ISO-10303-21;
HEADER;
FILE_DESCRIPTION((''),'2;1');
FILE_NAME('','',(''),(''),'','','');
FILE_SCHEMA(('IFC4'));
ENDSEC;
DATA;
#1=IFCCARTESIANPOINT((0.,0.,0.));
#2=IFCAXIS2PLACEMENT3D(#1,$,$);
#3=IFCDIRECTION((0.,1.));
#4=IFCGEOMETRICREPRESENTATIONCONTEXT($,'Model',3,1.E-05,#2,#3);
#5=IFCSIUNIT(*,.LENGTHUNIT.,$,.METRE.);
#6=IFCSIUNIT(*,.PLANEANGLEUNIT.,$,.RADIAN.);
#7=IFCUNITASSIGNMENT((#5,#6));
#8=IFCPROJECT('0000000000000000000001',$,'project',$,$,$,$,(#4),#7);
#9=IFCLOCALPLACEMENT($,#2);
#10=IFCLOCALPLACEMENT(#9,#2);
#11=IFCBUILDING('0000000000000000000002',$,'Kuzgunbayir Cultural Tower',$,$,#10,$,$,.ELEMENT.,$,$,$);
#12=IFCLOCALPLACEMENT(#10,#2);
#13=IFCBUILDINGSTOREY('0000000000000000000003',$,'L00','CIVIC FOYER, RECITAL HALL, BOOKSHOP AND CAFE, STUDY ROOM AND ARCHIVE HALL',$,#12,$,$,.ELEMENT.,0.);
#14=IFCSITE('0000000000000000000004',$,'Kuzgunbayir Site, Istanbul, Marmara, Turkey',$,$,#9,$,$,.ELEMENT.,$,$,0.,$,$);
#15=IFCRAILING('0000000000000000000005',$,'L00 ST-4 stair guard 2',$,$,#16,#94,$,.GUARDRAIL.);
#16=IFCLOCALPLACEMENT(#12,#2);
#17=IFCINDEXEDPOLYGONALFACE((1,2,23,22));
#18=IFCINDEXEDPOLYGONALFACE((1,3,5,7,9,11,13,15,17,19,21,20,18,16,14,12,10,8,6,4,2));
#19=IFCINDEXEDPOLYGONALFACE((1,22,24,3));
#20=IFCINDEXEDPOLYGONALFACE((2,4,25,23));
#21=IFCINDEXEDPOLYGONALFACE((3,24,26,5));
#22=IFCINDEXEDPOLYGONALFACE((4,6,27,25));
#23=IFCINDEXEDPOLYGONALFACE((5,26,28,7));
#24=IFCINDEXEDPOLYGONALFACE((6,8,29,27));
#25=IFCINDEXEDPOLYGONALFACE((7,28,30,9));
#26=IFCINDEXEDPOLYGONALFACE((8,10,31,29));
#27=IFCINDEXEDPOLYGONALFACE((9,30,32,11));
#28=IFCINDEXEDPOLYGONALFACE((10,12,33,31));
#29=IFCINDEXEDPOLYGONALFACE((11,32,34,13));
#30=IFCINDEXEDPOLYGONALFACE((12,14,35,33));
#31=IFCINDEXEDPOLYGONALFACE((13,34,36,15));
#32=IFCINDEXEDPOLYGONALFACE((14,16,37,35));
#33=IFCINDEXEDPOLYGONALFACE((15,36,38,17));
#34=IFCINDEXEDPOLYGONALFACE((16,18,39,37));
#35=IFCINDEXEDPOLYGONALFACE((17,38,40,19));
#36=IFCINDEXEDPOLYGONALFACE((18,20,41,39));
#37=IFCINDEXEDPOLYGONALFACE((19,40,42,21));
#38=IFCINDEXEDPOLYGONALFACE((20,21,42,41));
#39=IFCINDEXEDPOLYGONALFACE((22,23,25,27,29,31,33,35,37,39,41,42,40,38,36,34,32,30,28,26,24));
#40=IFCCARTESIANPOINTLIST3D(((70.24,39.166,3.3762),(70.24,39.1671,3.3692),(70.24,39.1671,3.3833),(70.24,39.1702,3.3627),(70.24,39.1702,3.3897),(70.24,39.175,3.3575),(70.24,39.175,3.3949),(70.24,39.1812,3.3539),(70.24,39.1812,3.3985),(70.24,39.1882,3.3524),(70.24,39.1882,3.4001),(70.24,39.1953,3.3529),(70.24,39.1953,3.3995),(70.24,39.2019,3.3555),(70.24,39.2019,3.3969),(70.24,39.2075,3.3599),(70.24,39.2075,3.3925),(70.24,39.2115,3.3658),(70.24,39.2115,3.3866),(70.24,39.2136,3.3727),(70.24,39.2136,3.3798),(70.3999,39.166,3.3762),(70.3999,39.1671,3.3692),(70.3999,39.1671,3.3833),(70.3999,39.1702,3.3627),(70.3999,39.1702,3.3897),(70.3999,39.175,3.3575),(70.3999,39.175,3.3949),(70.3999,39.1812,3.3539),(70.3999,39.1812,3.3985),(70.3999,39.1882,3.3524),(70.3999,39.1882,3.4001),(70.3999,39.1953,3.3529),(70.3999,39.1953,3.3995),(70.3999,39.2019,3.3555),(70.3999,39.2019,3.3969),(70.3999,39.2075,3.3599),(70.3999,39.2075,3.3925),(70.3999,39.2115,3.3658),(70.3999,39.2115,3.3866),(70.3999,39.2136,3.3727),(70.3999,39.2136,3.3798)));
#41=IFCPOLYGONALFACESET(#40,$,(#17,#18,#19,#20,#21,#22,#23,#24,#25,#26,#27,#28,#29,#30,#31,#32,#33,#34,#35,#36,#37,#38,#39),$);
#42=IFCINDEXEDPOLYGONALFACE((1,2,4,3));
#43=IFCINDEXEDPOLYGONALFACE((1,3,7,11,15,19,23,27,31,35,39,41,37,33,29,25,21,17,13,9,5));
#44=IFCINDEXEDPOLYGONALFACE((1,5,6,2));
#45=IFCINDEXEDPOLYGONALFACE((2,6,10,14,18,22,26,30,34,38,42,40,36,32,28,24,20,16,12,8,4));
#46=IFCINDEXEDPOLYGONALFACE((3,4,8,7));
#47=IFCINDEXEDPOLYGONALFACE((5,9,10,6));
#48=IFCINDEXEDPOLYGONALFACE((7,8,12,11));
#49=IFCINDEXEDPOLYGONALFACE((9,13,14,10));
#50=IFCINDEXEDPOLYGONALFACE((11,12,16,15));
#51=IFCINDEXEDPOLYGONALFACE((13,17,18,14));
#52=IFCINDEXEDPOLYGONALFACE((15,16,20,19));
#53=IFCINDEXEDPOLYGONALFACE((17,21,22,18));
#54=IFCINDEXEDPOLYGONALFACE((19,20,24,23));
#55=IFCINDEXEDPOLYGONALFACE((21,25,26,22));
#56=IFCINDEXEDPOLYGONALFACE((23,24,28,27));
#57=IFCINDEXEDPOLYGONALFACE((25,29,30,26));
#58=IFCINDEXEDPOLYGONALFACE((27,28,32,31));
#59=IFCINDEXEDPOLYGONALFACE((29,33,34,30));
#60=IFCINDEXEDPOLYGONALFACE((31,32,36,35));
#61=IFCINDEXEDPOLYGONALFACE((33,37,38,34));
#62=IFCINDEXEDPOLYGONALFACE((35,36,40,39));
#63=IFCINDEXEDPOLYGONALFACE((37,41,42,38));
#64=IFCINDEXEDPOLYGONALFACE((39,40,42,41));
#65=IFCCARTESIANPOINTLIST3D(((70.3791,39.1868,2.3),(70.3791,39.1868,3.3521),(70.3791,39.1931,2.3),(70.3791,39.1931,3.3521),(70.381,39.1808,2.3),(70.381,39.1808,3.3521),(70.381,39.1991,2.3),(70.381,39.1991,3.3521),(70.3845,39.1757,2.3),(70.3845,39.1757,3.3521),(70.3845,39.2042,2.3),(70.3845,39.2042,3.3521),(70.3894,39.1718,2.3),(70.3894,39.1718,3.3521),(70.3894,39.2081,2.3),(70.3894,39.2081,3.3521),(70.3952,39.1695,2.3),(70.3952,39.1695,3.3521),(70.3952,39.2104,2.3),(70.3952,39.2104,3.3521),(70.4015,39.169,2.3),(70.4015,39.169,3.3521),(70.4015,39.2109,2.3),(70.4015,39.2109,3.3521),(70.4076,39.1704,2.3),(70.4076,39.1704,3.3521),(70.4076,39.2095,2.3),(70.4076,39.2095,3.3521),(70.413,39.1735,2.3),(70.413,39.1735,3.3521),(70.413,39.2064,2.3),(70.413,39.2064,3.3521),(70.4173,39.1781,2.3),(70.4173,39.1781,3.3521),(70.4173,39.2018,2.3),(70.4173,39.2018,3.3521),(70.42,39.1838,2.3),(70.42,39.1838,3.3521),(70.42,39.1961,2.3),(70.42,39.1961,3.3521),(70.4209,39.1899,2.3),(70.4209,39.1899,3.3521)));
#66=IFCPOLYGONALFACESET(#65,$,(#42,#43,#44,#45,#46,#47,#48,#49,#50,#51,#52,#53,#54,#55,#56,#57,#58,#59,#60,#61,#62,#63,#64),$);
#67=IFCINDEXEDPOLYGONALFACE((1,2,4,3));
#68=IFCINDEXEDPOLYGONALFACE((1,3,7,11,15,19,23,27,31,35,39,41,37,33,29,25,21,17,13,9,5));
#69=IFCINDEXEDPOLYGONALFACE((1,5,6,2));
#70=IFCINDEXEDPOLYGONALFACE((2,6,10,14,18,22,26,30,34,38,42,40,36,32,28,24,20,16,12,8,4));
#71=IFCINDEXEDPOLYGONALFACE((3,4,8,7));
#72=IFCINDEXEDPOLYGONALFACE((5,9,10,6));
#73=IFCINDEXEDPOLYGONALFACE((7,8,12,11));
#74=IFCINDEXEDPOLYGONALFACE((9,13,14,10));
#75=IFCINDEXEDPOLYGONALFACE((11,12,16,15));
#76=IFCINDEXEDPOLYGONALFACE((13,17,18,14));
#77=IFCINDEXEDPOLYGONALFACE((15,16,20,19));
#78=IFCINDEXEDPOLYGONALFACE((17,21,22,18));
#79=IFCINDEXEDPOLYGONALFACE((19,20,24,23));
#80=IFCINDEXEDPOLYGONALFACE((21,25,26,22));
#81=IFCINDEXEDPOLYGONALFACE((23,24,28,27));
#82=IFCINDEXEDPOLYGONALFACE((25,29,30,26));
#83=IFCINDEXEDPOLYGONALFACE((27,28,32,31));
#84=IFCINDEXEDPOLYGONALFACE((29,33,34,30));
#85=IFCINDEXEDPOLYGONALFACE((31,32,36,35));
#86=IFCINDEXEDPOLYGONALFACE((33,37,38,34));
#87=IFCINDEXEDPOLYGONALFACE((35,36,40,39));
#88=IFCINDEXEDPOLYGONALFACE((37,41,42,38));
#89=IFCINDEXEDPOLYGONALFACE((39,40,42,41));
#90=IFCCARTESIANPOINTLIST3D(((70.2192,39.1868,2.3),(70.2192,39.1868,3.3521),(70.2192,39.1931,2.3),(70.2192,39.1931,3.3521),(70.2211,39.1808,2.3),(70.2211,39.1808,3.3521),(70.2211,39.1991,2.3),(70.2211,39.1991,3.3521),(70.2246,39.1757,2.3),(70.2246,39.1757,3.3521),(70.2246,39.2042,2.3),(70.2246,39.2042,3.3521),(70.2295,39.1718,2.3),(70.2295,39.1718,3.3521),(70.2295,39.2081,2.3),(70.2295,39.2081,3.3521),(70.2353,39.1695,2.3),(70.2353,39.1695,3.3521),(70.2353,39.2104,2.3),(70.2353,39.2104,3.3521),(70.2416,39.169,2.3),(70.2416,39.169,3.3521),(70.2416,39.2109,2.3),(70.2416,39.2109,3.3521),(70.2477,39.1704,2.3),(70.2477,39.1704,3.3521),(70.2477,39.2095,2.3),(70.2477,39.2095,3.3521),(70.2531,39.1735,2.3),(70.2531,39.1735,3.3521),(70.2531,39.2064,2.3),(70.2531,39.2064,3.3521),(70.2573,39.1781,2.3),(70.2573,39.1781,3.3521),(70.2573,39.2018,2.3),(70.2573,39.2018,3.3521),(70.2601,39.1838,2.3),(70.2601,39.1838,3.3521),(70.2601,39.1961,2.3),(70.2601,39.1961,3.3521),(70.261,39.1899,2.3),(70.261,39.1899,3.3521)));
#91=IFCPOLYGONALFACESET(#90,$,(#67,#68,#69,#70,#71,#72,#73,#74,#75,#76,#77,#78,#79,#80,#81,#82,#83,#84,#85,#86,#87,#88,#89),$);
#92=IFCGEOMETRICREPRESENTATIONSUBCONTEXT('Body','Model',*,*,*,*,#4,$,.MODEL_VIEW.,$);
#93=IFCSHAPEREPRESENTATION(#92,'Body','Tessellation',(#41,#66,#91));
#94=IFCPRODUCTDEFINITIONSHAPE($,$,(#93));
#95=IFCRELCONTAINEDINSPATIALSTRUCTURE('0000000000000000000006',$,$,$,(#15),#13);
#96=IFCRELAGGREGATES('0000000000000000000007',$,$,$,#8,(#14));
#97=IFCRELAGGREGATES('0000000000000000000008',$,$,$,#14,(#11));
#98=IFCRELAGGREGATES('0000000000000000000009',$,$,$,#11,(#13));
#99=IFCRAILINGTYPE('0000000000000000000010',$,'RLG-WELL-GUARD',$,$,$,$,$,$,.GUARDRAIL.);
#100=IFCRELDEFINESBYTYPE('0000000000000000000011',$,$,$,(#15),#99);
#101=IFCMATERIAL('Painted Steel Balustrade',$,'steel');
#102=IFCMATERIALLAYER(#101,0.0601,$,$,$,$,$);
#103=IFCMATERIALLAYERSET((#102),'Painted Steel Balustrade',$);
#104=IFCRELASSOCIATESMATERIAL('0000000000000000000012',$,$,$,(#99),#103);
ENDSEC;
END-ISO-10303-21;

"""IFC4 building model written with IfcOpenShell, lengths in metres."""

from ifc_helpers import new_model, si_unit, direction, frame, origin, origin_2d, place, context, subcontext, project, spatial, circle, extrude, material, layer, layer_set, type_object, element, save


model = new_model("IFC4")

# Units and contexts
model_context = context("Model", 3, precision=1e-05, world=origin(), true_north=direction((0.0, 1.0)))
body_context = subcontext(model_context, "Body", "Model", "MODEL_VIEW")
ifc_project = project(units=[si_unit("LENGTHUNIT", "METRE"), si_unit("PLANEANGLEUNIT", "RADIAN")], contexts=[model_context])

# Site, building, storey
site_placement = place(None, origin())
site = spatial("IfcSite", under=ifc_project, at=site_placement, Name="Kuzgunbayir Site, Istanbul, Marmara, Turkey", CompositionType="ELEMENT", RefElevation=0.0)
building_placement = place(site_placement, origin())
building = spatial("IfcBuilding", under=site, at=building_placement, Name="Kuzgunbayir Cultural Tower", CompositionType="ELEMENT")
storey_placement = place(building_placement, origin())
storey = spatial("IfcBuildingStorey", under=building, at=storey_placement, Name="L00", Description="CIVIC FOYER, RECITAL HALL, BOOKSHOP AND CAFE, STUDY ROOM AND ARCHIVE HALL", CompositionType="ELEMENT", Elevation=0.0)

# Railing
ifc_material_1 = material(Name="Painted Steel Balustrade", Category="steel")
ifc_layer_1 = layer(ifc_material_1, 0.0601)
ifc_layer_set_1 = layer_set([ifc_layer_1], Name="Painted Steel Balustrade")
railing_type_1 = type_object("IfcRailingType", Name="RLG-WELL-GUARD", PredefinedType="GUARDRAIL", material=ifc_layer_set_1)
railing_1_placement = place(storey_placement, frame((70.3999, 39.1899, 2.3)))
element("IfcRailing", 1, at=railing_1_placement, inside=storey, type_object=railing_type_1, Name="L00 ST-4 stair guard 2", PredefinedType="GUARDRAIL", context=body_context, shape_type="SweptSolid", body=[
    extrude(circle(Radius=0.0239, at=origin_2d()), frame((0.0, 0.0, 1.0762), z_axis=(-1.0, 0.0, 0.0), x_axis=(0.0, -1.0, 0.0)), (0.0, 0.0, 1.0), 0.1599),
    extrude(circle(Radius=0.021, at=origin_2d()), origin(), (0.0, 0.0, 1.0), 1.052),
    extrude(circle(Radius=0.021, at=origin_2d()), frame((-0.1599, 0.0, 0.0)), (0.0, 0.0, 1.0), 1.052),
])

save(model, "model.ifc")
